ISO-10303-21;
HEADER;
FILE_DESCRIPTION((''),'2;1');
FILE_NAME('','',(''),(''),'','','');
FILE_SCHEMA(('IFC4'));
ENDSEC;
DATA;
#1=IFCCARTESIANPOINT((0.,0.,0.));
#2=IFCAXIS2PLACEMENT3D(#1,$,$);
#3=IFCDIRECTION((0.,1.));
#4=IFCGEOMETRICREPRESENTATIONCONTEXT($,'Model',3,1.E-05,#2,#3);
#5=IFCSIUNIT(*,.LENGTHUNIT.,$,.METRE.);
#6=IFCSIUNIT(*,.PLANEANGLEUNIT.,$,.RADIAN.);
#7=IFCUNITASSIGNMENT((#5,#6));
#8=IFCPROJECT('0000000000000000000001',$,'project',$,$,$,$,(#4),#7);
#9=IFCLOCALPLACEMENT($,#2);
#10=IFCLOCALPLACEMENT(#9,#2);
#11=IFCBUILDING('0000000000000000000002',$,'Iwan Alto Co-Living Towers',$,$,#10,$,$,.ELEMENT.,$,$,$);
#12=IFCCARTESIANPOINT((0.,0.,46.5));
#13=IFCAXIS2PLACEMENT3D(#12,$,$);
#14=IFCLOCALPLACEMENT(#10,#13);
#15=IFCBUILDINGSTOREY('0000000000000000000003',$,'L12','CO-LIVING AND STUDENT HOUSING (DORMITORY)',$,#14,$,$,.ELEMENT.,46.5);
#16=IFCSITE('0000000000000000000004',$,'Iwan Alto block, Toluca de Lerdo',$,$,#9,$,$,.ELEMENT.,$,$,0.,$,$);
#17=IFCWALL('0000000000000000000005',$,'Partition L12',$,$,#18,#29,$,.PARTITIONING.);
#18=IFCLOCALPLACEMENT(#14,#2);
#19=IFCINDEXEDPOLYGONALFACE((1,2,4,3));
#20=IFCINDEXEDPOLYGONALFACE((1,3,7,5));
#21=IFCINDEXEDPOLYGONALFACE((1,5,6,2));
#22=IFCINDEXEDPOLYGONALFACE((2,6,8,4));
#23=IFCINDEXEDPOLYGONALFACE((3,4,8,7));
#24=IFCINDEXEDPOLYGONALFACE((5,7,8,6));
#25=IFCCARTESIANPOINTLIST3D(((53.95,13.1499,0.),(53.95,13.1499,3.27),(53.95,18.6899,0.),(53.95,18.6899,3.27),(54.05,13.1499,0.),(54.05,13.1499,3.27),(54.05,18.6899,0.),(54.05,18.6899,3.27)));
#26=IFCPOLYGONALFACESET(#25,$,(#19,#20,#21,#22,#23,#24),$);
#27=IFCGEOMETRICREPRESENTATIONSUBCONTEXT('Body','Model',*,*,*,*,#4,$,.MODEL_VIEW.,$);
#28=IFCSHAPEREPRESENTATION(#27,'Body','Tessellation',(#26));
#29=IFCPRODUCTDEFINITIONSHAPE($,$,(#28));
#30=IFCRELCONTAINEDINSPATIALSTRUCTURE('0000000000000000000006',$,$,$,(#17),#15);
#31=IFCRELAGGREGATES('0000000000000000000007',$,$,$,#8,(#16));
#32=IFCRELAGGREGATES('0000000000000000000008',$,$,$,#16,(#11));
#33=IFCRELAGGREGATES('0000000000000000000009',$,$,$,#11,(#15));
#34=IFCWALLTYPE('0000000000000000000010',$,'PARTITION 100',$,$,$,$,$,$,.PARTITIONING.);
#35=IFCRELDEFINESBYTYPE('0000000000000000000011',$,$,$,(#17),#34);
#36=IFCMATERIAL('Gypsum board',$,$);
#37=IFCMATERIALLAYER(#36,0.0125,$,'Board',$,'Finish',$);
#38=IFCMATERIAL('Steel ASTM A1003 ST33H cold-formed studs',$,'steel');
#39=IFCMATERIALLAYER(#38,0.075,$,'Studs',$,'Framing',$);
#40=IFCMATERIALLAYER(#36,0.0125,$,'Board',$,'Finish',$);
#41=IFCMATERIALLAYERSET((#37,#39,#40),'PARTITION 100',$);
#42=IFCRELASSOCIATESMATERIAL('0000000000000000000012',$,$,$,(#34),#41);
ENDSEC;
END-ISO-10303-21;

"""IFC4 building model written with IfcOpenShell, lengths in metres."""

from ifc_helpers import new_model, si_unit, direction, frame, frame_2d, origin, place, context, subcontext, project, spatial, rectangle, extrude, material, layer, layer_set, type_object, element, save


model = new_model("IFC4")

# Units and contexts
model_context = context("Model", 3, precision=1e-05, world=origin(), true_north=direction((0.0, 1.0)))
body_context = subcontext(model_context, "Body", "Model", "MODEL_VIEW")
ifc_project = project(units=[si_unit("LENGTHUNIT", "METRE"), si_unit("PLANEANGLEUNIT", "RADIAN")], contexts=[model_context])

# Site, building, storey
site_placement = place(None, origin())
site = spatial("IfcSite", under=ifc_project, at=site_placement, Name="Iwan Alto block, Toluca de Lerdo", CompositionType="ELEMENT", RefElevation=0.0)
building_placement = place(site_placement, origin())
building = spatial("IfcBuilding", under=site, at=building_placement, Name="Iwan Alto Co-Living Towers", CompositionType="ELEMENT")
storey_placement = place(building_placement, frame((0.0, 0.0, 46.5)))
storey = spatial("IfcBuildingStorey", under=building, at=storey_placement, Name="L12", Description="CO-LIVING AND STUDENT HOUSING (DORMITORY)", CompositionType="ELEMENT", Elevation=46.5)

# Wall
ifc_material_1 = material(Name="Gypsum board")
ifc_layer_1 = layer(ifc_material_1, 0.0125, Name="Board", Category="Finish")
ifc_material_2 = material(Name="Steel ASTM A1003 ST33H cold-formed studs", Category="steel")
ifc_layer_2 = layer(ifc_material_2, 0.075, Name="Studs", Category="Framing")
ifc_layer_3 = layer(ifc_material_1, 0.0125, Name="Board", Category="Finish")
ifc_layer_set_1 = layer_set([ifc_layer_1, ifc_layer_2, ifc_layer_3], Name="PARTITION 100")
wall_type = type_object("IfcWallType", Name="PARTITION 100", PredefinedType="PARTITIONING", material=ifc_layer_set_1)
wall_placement = place(storey_placement, frame((54.0, 13.1499, 0.0), z_axis=(0.0, 0.0, 1.0), x_axis=(0.0, 1.0, 0.0)))
element("IfcWall", 1, at=wall_placement, inside=storey, type_object=wall_type, Name="Partition L12", PredefinedType="PARTITIONING", context=body_context, shape_type="SweptSolid", body=[
    extrude(rectangle(XDim=5.54, YDim=0.1001, at=frame_2d((2.77, 0.0))), origin(), (0.0, 0.0, 1.0), 3.27),
])

save(model, "model.ifc")
